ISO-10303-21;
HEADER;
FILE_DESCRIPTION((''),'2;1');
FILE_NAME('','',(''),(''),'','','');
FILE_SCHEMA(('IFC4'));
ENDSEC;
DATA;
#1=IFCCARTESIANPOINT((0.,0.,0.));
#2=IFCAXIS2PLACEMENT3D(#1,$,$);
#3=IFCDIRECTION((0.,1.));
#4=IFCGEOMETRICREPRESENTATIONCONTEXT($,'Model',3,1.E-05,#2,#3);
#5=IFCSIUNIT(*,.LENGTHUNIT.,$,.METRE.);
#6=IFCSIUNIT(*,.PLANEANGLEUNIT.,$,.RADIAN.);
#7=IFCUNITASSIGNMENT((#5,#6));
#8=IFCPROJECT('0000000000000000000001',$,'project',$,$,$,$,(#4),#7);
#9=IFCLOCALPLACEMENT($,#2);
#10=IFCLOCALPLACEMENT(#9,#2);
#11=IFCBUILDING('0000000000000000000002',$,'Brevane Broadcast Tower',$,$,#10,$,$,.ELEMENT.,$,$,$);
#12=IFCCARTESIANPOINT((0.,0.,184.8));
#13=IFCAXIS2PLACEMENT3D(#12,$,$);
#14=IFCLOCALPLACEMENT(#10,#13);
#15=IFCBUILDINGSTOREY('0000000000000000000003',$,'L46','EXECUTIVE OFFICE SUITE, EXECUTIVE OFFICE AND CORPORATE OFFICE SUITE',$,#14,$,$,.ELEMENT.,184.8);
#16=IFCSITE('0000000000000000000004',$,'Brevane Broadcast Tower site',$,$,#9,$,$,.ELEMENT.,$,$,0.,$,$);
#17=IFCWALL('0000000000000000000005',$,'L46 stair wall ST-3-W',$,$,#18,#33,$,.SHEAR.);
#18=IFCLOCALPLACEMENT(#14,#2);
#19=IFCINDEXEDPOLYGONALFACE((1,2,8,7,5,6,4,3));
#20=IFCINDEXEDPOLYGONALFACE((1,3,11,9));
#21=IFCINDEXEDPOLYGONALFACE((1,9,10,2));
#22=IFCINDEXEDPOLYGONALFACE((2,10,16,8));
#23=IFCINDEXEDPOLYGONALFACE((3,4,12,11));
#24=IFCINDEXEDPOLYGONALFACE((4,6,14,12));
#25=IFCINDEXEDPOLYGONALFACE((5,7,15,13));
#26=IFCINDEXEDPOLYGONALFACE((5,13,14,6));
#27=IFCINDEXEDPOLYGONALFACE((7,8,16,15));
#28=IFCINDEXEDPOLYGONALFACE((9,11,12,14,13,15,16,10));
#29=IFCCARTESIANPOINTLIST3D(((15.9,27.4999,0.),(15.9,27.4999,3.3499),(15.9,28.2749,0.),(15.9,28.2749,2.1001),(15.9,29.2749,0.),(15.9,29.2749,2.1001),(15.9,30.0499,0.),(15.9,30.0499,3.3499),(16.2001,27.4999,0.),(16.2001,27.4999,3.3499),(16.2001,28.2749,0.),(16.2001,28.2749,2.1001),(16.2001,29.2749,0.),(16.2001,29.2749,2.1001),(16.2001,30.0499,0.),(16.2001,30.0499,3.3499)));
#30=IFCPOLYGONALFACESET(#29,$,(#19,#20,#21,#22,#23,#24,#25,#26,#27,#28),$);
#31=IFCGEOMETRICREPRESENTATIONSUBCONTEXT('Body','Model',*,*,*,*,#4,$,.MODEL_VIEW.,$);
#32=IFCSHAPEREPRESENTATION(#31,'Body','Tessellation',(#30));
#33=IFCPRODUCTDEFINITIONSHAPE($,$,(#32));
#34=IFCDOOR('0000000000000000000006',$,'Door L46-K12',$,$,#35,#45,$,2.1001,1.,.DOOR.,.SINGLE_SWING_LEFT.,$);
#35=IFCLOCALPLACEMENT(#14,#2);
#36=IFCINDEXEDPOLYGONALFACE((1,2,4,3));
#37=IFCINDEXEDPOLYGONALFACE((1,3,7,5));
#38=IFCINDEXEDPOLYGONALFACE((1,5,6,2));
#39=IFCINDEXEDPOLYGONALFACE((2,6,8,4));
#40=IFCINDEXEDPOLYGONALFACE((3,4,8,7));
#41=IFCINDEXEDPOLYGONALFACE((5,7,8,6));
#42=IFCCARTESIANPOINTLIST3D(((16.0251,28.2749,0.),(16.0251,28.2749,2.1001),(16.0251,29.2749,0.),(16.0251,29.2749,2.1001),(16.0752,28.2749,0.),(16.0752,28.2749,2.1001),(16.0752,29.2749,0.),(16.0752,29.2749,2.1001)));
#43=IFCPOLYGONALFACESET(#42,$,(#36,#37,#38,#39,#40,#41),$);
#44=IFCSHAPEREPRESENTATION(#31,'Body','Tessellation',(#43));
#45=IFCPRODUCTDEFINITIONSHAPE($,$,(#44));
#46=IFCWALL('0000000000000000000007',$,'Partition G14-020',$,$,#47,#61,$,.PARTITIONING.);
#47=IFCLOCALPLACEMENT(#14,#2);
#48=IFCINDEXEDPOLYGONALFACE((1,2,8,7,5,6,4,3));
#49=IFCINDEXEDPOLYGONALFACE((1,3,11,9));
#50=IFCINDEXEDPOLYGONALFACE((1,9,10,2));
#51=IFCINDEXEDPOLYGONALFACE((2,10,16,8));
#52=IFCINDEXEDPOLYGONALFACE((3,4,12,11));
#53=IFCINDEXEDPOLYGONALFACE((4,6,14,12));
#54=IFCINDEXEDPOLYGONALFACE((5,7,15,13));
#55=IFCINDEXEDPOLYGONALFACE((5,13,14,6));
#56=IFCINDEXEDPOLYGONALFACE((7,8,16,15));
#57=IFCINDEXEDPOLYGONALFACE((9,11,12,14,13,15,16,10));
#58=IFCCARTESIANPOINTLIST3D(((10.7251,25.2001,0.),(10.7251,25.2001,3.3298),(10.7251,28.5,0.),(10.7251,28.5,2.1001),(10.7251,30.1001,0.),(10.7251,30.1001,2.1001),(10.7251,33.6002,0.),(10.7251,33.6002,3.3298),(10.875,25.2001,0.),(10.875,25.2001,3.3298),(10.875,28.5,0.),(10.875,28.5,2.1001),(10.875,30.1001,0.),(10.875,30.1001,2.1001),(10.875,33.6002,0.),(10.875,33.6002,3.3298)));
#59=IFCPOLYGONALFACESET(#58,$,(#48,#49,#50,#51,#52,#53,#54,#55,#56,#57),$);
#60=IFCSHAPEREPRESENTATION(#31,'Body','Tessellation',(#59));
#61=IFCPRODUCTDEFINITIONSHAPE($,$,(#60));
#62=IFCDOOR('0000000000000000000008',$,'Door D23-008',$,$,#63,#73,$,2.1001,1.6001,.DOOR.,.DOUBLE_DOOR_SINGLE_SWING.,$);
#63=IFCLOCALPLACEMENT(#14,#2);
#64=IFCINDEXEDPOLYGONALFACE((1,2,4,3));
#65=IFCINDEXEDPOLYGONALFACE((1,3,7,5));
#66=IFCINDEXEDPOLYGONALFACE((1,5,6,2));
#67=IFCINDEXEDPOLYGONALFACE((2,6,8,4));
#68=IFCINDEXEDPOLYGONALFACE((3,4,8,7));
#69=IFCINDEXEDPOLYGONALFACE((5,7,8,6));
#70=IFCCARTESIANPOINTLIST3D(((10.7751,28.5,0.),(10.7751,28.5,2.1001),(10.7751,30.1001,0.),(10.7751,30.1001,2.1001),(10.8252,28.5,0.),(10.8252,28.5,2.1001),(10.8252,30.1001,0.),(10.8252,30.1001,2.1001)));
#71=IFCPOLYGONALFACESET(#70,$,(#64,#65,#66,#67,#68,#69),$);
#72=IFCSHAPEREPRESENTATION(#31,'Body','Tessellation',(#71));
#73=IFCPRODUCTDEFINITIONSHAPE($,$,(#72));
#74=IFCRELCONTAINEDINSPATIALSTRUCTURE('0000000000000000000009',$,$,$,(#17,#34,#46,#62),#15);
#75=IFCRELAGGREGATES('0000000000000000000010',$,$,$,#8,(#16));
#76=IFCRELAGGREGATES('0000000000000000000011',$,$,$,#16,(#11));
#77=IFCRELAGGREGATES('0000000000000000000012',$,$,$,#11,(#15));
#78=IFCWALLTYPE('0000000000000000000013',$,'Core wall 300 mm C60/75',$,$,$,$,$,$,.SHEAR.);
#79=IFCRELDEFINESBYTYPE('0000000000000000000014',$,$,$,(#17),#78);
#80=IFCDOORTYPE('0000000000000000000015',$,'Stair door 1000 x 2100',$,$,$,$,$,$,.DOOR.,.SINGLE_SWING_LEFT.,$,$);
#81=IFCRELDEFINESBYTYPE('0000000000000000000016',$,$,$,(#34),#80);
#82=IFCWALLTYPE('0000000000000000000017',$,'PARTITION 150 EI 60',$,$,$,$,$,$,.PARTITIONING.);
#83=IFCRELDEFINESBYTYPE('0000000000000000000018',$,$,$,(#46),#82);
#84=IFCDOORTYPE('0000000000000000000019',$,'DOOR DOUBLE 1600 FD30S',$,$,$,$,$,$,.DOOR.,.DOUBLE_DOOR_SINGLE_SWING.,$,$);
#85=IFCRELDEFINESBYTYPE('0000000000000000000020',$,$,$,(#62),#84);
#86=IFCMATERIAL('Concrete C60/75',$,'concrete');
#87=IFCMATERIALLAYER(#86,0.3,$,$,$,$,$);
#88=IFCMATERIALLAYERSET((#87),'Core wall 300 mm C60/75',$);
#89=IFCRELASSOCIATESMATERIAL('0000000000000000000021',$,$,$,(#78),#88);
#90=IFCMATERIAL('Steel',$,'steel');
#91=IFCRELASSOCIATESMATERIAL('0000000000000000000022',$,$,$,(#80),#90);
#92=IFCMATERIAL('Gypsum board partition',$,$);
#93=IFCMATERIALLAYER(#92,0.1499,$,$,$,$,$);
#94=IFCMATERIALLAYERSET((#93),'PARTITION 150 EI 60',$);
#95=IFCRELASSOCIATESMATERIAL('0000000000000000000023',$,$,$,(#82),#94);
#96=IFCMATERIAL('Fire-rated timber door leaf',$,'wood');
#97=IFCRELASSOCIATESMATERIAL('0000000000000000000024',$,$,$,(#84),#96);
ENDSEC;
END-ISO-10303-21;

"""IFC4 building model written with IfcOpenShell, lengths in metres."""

from ifc_helpers import new_model, si_unit, direction, frame, frame_2d, origin, place, context, subcontext, project, spatial, rectangle, extrude, material, layer, layer_set, type_object, element, fill, save


model = new_model("IFC4")

# Units and contexts
model_context = context("Model", 3, precision=1e-05, world=origin(), true_north=direction((0.0, 1.0)))
body_context = subcontext(model_context, "Body", "Model", "MODEL_VIEW")
ifc_project = project(units=[si_unit("LENGTHUNIT", "METRE"), si_unit("PLANEANGLEUNIT", "RADIAN")], contexts=[model_context])

# Site, building, storey
site_placement = place(None, origin())
site = spatial("IfcSite", under=ifc_project, at=site_placement, Name="Brevane Broadcast Tower site", CompositionType="ELEMENT", RefElevation=0.0)
building_placement = place(site_placement, origin())
building = spatial("IfcBuilding", under=site, at=building_placement, Name="Brevane Broadcast Tower", CompositionType="ELEMENT")
storey_placement = place(building_placement, frame((0.0, 0.0, 184.8)))
storey = spatial("IfcBuildingStorey", under=building, at=storey_placement, Name="L46", Description="EXECUTIVE OFFICE SUITE, EXECUTIVE OFFICE AND CORPORATE OFFICE SUITE", CompositionType="ELEMENT", Elevation=184.8)

# Shared definitions
ifc_material_1 = material(Name="Concrete C60/75", Category="concrete")

# Shared definitions
ifc_material_2 = material(Name="Steel", Category="steel")

# Shared definitions
ifc_layer_1 = layer(ifc_material_1, 0.3)
ifc_layer_set_1 = layer_set([ifc_layer_1], Name="Core wall 300 mm C60/75")
wall_type_1 = type_object("IfcWallType", Name="Core wall 300 mm C60/75", PredefinedType="SHEAR", material=ifc_layer_set_1)
door_type_1 = type_object("IfcDoorType", Name="Stair door 1000 x 2100", OperationType="SINGLE_SWING_LEFT", PredefinedType="DOOR", material=ifc_material_2)

# Walls, openings, doors
wall_1_placement = place(storey_placement, frame((16.05, 27.5, 0.0), z_axis=(0.0, 0.0, 1.0), x_axis=(0.0, 1.0, 0.0)))
wall_1 = element("IfcWall", 1, at=wall_1_placement, inside=storey, type_object=wall_type_1, Name="L46 stair wall ST-3-W", PredefinedType="SHEAR", context=body_context, shape_type="SweptSolid", body=[
    extrude(rectangle(XDim=2.55, YDim=0.3, at=frame_2d((1.2749, 0.0))), origin(), (0.0, 0.0, 1.0), 3.3499),
])
opening_1_placement = place(wall_1_placement, frame((0.7749, 0.0, 0.0)))
opening_1 = element("IfcOpeningElement", 2, at=opening_1_placement, cuts=wall_1, PredefinedType="OPENING", context=body_context, shape_type="SweptSolid", body=[
    extrude(rectangle(XDim=1.0, YDim=2.1001, at=frame_2d((0.5, 1.05))), frame((0.0, 0.1599, 0.0), z_axis=(0.0, -1.0, 0.0), x_axis=(1.0, 0.0, 0.0)), (0.0, 0.0, 1.0), 0.3201),
])
door_1_placement = place(opening_1_placement, origin())
door_1 = element("IfcDoor", 3, at=door_1_placement, inside=storey, type_object=door_type_1, Name="Door L46-K12", OperationType="SINGLE_SWING_LEFT", OverallHeight=2.1001, OverallWidth=1.0, PredefinedType="DOOR", context=body_context, shape_type="SweptSolid", body=[
    extrude(rectangle(XDim=1.0, YDim=2.1001, at=frame_2d((0.5, 1.05))), frame((0.0, 0.0249, 0.0), z_axis=(0.0, -1.0, 0.0), x_axis=(1.0, 0.0, 0.0)), (0.0, 0.0, 1.0), 0.05),
])
fill(opening_1, door_1)
ifc_material_3 = material(Name="Gypsum board partition")
ifc_layer_2 = layer(ifc_material_3, 0.1499)
ifc_layer_set_2 = layer_set([ifc_layer_2], Name="PARTITION 150 EI 60")
wall_type_2 = type_object("IfcWallType", Name="PARTITION 150 EI 60", PredefinedType="PARTITIONING", material=ifc_layer_set_2)
wall_2_placement = place(storey_placement, frame((10.8, 25.2, 0.0), z_axis=(0.0, 0.0, 1.0), x_axis=(0.0, 1.0, 0.0)))
wall_2 = element("IfcWall", 4, at=wall_2_placement, inside=storey, type_object=wall_type_2, Name="Partition G14-020", PredefinedType="PARTITIONING", context=body_context, shape_type="SweptSolid", body=[
    extrude(rectangle(XDim=8.4001, YDim=0.1499, at=frame_2d((4.2002, 0.0))), origin(), (0.0, 0.0, 1.0), 3.3298),
])
opening_2_placement = place(wall_2_placement, frame((3.3, 0.0, 0.0)))
opening_2 = element("IfcOpeningElement", 5, at=opening_2_placement, cuts=wall_2, PredefinedType="OPENING", context=body_context, shape_type="SweptSolid", body=[
    extrude(rectangle(XDim=1.6001, YDim=2.1001, at=frame_2d((0.8, 1.05))), frame((0.0, 0.085, 0.0), z_axis=(0.0, -1.0, 0.0), x_axis=(1.0, 0.0, 0.0)), (0.0, 0.0, 1.0), 0.1699),
])
ifc_material_4 = material(Name="Fire-rated timber door leaf", Category="wood")
door_type_2 = type_object("IfcDoorType", Name="DOOR DOUBLE 1600 FD30S", OperationType="DOUBLE_DOOR_SINGLE_SWING", PredefinedType="DOOR", material=ifc_material_4)
door_2_placement = place(opening_2_placement, origin())
door_2 = element("IfcDoor", 6, at=door_2_placement, inside=storey, type_object=door_type_2, Name="Door D23-008", OperationType="DOUBLE_DOOR_SINGLE_SWING", OverallHeight=2.1001, OverallWidth=1.6001, PredefinedType="DOOR", context=body_context, shape_type="SweptSolid", body=[
    extrude(rectangle(XDim=1.6001, YDim=2.1001, at=frame_2d((0.8, 1.05))), frame((0.0, 0.0249, 0.0), z_axis=(0.0, -1.0, 0.0), x_axis=(1.0, 0.0, 0.0)), (0.0, 0.0, 1.0), 0.05),
])
fill(opening_2, door_2)

save(model, "model.ifc")
